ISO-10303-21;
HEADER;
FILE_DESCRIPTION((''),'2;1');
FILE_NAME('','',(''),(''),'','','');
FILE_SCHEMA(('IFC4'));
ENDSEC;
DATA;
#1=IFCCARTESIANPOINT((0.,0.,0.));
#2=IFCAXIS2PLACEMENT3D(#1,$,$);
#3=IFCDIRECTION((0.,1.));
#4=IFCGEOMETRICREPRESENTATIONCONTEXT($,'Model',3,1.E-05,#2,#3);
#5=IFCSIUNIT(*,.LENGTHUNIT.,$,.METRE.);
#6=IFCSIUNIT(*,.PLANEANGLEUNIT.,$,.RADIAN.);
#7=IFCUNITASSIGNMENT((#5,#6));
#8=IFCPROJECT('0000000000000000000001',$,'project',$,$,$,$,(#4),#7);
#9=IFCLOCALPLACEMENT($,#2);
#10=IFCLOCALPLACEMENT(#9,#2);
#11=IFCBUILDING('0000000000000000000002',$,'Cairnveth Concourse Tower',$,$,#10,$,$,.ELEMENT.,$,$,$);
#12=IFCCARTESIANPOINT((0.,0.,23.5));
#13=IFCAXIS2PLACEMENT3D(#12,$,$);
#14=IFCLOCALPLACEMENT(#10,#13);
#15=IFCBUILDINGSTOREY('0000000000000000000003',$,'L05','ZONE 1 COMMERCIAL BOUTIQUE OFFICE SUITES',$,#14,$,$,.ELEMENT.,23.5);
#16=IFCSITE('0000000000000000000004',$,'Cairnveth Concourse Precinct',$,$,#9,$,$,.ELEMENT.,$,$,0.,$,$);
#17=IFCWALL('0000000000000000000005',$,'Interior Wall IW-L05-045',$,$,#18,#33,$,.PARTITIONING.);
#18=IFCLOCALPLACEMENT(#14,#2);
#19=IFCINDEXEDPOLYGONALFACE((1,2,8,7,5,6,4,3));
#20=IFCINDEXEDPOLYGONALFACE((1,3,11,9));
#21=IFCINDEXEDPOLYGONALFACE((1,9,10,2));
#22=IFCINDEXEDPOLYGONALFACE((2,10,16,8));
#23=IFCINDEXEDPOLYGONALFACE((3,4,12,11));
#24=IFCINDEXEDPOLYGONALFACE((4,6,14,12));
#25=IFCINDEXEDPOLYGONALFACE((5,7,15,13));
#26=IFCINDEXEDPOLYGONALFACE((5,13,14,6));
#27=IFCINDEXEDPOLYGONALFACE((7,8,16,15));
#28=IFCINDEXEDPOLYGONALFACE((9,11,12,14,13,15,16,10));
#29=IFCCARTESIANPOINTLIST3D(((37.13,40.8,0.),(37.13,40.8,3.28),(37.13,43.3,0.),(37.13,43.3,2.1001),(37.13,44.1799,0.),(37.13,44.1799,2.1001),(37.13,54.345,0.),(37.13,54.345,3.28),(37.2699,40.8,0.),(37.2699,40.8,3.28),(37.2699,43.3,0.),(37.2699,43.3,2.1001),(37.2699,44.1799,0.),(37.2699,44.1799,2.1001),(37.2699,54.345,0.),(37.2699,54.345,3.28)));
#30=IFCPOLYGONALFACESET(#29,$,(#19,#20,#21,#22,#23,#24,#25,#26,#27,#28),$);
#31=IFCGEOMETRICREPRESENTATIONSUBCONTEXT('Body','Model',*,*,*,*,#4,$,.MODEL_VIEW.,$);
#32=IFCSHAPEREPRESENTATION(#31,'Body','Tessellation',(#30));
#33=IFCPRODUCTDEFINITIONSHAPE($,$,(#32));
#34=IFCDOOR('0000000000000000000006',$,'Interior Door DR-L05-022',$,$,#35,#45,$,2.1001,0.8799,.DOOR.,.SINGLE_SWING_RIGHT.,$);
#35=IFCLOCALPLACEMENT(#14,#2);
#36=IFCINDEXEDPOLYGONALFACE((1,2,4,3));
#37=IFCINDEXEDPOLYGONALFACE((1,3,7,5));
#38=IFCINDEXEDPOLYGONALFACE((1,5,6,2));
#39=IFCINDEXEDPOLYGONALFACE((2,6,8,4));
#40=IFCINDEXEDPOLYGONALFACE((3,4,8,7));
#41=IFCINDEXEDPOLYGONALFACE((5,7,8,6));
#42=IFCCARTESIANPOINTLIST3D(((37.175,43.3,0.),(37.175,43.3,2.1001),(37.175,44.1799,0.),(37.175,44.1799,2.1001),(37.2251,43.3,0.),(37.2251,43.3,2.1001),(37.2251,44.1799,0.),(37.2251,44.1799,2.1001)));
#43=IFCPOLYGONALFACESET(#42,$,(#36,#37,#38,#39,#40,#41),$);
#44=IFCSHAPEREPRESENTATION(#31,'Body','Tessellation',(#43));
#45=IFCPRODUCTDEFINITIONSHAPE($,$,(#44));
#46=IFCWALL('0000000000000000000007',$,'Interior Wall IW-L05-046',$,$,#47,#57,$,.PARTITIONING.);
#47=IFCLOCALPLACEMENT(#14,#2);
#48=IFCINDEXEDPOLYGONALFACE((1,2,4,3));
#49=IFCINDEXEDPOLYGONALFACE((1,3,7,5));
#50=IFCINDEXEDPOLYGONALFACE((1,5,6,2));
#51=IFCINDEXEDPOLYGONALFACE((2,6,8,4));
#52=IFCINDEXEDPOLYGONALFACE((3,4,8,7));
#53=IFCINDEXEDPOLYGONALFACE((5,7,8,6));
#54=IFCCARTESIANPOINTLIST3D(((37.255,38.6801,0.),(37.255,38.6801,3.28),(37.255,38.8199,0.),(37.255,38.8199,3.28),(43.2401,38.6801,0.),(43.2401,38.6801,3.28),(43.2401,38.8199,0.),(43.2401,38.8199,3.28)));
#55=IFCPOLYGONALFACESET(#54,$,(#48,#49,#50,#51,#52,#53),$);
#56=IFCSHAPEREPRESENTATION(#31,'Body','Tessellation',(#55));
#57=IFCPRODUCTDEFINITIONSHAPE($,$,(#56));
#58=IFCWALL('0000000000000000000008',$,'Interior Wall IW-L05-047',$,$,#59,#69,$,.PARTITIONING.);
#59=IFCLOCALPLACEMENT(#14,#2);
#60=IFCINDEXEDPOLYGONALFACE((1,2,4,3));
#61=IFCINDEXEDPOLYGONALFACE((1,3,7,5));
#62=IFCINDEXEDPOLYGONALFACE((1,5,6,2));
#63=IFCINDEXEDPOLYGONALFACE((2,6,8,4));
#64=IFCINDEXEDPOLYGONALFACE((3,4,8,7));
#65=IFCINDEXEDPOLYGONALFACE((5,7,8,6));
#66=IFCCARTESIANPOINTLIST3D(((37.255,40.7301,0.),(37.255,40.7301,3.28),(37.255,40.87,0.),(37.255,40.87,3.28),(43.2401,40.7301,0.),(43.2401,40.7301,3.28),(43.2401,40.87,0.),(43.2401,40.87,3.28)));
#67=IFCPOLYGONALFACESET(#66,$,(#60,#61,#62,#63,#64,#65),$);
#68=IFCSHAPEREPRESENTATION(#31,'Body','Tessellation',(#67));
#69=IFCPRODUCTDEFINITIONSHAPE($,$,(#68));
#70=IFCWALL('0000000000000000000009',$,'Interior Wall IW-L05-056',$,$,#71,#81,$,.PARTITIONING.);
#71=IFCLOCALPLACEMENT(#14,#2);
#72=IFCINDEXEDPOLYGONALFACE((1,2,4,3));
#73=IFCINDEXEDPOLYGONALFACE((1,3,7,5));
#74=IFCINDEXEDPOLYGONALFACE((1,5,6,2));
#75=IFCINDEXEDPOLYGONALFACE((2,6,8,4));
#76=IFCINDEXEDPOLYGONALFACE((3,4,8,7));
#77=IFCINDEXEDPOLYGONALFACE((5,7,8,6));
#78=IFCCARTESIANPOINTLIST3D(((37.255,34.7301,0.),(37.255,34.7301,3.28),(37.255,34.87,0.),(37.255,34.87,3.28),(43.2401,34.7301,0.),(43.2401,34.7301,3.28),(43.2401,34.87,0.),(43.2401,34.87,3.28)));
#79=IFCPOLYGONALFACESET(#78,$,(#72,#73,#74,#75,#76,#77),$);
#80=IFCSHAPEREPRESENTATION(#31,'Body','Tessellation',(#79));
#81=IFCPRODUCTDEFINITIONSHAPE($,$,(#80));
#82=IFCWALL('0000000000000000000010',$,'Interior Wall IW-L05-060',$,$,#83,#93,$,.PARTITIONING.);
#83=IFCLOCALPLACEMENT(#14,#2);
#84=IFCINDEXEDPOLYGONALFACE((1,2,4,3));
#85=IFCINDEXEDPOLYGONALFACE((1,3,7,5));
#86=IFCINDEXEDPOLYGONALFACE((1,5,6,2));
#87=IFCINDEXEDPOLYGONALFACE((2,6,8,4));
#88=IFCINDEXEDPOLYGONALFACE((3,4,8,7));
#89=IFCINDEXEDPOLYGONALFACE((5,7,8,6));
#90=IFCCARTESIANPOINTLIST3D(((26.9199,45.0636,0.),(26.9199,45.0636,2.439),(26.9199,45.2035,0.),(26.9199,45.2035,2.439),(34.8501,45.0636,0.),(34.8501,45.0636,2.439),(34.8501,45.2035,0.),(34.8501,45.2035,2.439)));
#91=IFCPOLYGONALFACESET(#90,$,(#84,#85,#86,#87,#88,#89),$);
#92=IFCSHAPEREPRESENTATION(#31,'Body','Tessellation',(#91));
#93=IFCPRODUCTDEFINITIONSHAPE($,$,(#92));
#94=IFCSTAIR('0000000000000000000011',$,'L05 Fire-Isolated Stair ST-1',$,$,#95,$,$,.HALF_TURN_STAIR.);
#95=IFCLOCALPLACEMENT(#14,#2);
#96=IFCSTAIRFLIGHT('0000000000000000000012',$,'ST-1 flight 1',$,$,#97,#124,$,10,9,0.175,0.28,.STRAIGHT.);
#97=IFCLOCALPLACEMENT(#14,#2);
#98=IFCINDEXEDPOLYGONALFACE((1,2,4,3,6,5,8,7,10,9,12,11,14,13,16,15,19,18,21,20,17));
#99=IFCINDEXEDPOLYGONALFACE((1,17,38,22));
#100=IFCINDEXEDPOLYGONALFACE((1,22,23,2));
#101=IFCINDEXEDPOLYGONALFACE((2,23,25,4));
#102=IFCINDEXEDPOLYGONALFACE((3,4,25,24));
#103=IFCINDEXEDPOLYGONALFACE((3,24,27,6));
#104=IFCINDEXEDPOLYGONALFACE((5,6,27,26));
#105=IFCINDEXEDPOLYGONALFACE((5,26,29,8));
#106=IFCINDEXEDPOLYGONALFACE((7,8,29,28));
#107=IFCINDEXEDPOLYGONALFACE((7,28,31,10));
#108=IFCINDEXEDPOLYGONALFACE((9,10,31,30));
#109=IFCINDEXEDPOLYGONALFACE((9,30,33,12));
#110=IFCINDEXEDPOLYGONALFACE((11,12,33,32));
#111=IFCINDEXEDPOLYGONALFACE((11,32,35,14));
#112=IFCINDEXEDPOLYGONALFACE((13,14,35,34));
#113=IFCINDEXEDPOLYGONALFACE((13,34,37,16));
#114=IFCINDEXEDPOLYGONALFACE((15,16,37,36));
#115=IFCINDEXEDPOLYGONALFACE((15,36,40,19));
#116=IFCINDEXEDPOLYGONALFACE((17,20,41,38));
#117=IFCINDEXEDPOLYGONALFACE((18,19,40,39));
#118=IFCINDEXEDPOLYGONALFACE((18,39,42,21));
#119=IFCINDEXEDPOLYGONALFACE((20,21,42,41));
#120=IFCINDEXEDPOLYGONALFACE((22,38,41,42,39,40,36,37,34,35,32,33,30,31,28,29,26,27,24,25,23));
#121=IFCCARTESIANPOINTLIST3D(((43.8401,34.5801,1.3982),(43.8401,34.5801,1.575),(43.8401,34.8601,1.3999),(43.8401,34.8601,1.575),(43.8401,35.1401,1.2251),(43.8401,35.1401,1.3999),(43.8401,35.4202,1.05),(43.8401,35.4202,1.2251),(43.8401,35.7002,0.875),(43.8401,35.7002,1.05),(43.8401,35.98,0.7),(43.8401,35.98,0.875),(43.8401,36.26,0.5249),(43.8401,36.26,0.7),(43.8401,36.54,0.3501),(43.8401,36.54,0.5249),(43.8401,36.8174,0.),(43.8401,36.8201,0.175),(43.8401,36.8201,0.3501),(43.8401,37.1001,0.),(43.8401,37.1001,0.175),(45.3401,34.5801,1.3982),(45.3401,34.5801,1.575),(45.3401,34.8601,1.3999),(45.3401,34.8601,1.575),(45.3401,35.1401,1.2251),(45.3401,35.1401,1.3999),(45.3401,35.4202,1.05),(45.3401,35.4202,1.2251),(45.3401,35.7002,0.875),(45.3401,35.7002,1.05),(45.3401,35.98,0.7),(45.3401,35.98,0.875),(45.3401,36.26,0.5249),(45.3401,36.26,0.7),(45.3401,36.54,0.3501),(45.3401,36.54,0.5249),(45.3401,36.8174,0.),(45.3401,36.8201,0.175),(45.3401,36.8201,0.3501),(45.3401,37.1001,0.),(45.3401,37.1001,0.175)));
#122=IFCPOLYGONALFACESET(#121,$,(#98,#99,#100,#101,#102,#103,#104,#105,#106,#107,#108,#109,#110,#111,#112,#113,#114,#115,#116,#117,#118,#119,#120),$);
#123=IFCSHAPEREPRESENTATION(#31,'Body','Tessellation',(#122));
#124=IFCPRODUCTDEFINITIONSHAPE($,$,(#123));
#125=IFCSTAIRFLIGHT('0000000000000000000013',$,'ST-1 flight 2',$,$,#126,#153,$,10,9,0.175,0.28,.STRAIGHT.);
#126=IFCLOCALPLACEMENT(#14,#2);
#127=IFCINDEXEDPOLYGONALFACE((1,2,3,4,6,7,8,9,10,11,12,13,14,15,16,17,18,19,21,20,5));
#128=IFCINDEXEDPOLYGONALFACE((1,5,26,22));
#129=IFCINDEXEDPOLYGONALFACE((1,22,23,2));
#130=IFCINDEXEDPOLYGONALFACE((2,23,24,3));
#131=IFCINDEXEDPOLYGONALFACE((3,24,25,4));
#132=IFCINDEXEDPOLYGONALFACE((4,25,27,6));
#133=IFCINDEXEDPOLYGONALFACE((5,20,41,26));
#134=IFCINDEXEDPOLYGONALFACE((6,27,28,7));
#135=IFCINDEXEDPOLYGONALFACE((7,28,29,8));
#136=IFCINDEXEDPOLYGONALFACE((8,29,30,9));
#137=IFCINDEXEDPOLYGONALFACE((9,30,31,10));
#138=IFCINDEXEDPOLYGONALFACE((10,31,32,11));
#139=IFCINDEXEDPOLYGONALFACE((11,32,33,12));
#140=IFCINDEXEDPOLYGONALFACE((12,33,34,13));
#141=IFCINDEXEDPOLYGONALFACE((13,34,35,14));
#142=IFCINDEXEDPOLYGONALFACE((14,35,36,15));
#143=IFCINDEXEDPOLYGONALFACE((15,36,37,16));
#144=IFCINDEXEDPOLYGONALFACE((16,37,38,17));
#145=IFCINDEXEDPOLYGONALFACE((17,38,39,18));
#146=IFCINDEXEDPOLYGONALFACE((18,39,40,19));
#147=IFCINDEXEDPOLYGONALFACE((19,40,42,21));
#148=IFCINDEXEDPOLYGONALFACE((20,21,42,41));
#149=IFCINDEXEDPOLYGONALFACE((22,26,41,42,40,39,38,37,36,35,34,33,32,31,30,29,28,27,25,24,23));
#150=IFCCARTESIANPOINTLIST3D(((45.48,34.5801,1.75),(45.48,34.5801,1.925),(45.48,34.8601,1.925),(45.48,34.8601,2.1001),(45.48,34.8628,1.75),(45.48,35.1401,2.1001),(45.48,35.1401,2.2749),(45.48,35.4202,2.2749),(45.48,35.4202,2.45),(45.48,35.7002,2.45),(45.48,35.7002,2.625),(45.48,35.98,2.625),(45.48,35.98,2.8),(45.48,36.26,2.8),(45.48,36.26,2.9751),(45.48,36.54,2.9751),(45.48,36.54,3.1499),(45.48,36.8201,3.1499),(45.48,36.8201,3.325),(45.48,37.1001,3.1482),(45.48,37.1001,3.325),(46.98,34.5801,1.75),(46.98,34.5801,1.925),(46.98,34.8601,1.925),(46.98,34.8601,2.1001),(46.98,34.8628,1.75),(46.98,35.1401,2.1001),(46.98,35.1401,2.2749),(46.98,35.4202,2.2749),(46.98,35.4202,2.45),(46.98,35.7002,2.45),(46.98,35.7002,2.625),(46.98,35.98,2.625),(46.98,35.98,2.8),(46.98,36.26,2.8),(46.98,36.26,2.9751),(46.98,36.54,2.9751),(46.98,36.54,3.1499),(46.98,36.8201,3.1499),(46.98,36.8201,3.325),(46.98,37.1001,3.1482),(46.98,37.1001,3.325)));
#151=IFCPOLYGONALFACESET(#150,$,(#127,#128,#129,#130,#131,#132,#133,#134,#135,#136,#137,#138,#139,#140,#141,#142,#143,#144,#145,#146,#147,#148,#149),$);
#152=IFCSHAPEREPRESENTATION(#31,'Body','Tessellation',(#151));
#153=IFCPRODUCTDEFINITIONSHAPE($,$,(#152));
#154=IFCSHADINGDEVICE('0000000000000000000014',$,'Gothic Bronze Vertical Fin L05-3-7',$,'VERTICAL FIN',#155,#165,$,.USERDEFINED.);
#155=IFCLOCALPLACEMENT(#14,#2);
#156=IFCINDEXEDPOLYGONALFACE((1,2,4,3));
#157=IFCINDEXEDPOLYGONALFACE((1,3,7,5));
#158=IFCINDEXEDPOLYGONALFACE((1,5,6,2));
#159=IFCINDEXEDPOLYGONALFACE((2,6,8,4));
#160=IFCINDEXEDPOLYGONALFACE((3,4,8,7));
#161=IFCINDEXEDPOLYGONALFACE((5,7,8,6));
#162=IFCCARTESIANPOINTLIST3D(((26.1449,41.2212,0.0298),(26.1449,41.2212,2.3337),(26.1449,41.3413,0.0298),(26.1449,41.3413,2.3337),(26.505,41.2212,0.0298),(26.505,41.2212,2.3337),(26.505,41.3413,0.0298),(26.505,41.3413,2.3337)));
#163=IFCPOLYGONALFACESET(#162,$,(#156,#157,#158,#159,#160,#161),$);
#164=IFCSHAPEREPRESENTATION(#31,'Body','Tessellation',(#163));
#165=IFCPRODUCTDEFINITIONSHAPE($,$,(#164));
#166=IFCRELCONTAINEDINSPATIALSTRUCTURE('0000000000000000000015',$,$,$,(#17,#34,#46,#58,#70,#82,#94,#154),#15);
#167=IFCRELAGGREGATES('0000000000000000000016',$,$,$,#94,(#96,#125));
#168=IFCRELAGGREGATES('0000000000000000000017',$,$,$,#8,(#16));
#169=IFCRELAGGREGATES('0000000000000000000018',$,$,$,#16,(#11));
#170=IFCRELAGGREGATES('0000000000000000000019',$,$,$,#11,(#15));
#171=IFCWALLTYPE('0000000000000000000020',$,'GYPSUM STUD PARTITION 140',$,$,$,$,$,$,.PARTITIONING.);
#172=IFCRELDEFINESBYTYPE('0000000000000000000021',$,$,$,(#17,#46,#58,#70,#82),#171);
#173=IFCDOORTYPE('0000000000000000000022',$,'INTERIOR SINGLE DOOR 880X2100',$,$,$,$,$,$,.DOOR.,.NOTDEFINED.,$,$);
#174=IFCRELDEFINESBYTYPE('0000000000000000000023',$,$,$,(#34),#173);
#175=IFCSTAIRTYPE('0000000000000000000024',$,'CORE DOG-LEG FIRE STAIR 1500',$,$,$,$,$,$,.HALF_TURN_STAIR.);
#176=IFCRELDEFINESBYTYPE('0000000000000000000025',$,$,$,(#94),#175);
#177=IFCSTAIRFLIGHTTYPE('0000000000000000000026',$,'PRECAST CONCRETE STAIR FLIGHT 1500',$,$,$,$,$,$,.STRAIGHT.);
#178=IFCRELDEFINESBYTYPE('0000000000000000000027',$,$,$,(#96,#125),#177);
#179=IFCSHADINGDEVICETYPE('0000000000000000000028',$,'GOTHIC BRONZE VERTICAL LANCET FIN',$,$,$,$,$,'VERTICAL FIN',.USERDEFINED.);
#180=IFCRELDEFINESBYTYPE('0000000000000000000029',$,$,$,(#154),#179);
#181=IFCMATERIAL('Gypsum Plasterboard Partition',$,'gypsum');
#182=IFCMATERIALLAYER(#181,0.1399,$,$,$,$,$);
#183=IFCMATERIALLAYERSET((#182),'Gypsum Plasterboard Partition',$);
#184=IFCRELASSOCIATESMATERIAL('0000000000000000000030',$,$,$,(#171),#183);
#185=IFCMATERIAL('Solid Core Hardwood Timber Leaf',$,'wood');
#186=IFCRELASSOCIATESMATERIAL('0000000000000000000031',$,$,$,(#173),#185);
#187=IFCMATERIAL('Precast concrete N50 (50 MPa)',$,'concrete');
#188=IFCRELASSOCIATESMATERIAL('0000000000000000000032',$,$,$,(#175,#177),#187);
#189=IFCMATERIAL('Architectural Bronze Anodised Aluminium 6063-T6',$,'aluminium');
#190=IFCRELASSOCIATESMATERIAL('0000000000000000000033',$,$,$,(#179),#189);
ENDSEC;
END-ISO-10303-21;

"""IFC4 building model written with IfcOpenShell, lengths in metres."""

from ifc_helpers import new_model, si_unit, direction, frame, frame_2d, origin, origin_2d, place, context, subcontext, project, spatial, polyline, rectangle, outline, extrude, material, layer, layer_set, type_object, element, fill, aggregate, save


model = new_model("IFC4")

# Units and contexts
model_context = context("Model", 3, precision=1e-05, world=origin(), true_north=direction((0.0, 1.0)))
body_context = subcontext(model_context, "Body", "Model", "MODEL_VIEW")
ifc_project = project(units=[si_unit("LENGTHUNIT", "METRE"), si_unit("PLANEANGLEUNIT", "RADIAN")], contexts=[model_context])

# Site, building, storey
site_placement = place(None, origin())
site = spatial("IfcSite", under=ifc_project, at=site_placement, Name="Cairnveth Concourse Precinct", CompositionType="ELEMENT", RefElevation=0.0)
building_placement = place(site_placement, origin())
building = spatial("IfcBuilding", under=site, at=building_placement, Name="Cairnveth Concourse Tower", CompositionType="ELEMENT")
storey_placement = place(building_placement, frame((0.0, 0.0, 23.5)))
storey = spatial("IfcBuildingStorey", under=building, at=storey_placement, Name="L05", Description="ZONE 1 COMMERCIAL BOUTIQUE OFFICE SUITES", CompositionType="ELEMENT", Elevation=23.5)

# Shared definitions
ifc_material_1 = material(Name="Architectural Bronze Anodised Aluminium 6063-T6", Category="aluminium")

# Wall, opening, door
ifc_material_2 = material(Name="Gypsum Plasterboard Partition", Category="gypsum")
ifc_layer_1 = layer(ifc_material_2, 0.1399)
ifc_layer_set_1 = layer_set([ifc_layer_1], Name="Gypsum Plasterboard Partition")
wall_type_1 = type_object("IfcWallType", Name="GYPSUM STUD PARTITION 140", PredefinedType="PARTITIONING", material=ifc_layer_set_1)
wall_1_placement = place(storey_placement, frame((37.2, 40.8, 0.0), z_axis=(0.0, 0.0, 1.0), x_axis=(0.0, 1.0, 0.0)))
wall_1 = element("IfcWall", 1, at=wall_1_placement, inside=storey, type_object=wall_type_1, Name="Interior Wall IW-L05-045", PredefinedType="PARTITIONING", context=body_context, shape_type="SweptSolid", body=[
    extrude(rectangle(XDim=13.5449, YDim=0.1399, at=frame_2d((6.7725, 0.0))), origin(), (0.0, 0.0, 1.0), 3.28),
])
opening_1_placement = place(wall_1_placement, frame((2.5, 0.0, 0.0)))
opening_1 = element("IfcOpeningElement", 2, at=opening_1_placement, cuts=wall_1, PredefinedType="OPENING", context=body_context, shape_type="SweptSolid", body=[
    extrude(rectangle(XDim=0.8799, YDim=2.1001, at=frame_2d((0.4399, 1.05))), frame((0.0, 0.0798, 0.0), z_axis=(0.0, -1.0, 0.0), x_axis=(1.0, 0.0, 0.0)), (0.0, 0.0, 1.0), 0.1599),
])
ifc_material_3 = material(Name="Solid Core Hardwood Timber Leaf", Category="wood")
door_type_1 = type_object("IfcDoorType", Name="INTERIOR SINGLE DOOR 880X2100", OperationType="NOTDEFINED", PredefinedType="DOOR", material=ifc_material_3)
door_1_placement = place(opening_1_placement, origin())
door_1 = element("IfcDoor", 3, at=door_1_placement, inside=storey, type_object=door_type_1, Name="Interior Door DR-L05-022", OperationType="SINGLE_SWING_RIGHT", OverallHeight=2.1001, OverallWidth=0.8799, PredefinedType="DOOR", context=body_context, shape_type="SweptSolid", body=[
    extrude(rectangle(XDim=0.8799, YDim=2.1001, at=frame_2d((0.4399, 1.05))), frame((0.0, 0.0249, 0.0), z_axis=(0.0, -1.0, 0.0), x_axis=(1.0, 0.0, 0.0)), (0.0, 0.0, 1.0), 0.05),
])
fill(opening_1, door_1)

# Walls
for number, where, z_axis, x_axis, name in (
    (4, (37.2549, 38.75, 0.0), (0.0, 0.0, 1.0), (1.0, 0.0, 0.0), "Interior Wall IW-L05-046"),
    (5, (37.2549, 40.8, 0.0), (0.0, 0.0, 1.0), (1.0, 0.0, 0.0), "Interior Wall IW-L05-047"),
    (6, (37.2549, 34.8, 0.0), (0.0, 0.0, 1.0), (1.0, 0.0, 0.0), "Interior Wall IW-L05-056"),
):
    element("IfcWall", number, at=place(storey_placement, frame(where, z_axis=z_axis, x_axis=x_axis)), inside=storey, type_object=wall_type_1, Name=name, PredefinedType="PARTITIONING", context=body_context, shape_type="SweptSolid", body=[
        extrude(rectangle(XDim=5.9851, YDim=0.1399, at=frame_2d((2.9927, 0.0))), origin(), (0.0, 0.0, 1.0), 3.28),
    ])
wall_2_placement = place(storey_placement, frame((26.9199, 45.1335, 0.0), z_axis=(0.0, 0.0, 1.0), x_axis=(1.0, 0.0, 0.0)))
element("IfcWall", 7, at=wall_2_placement, inside=storey, type_object=wall_type_1, Name="Interior Wall IW-L05-060", PredefinedType="PARTITIONING", context=body_context, shape_type="SweptSolid", body=[
    extrude(rectangle(XDim=7.9302, YDim=0.1399, at=frame_2d((3.9651, 0.0))), origin(), (0.0, 0.0, 1.0), 2.439),
])

# Stair, stair flights
ifc_material_4 = material(Name="Precast concrete N50 (50 MPa)", Category="concrete")
stair_type = type_object("IfcStairType", Name="CORE DOG-LEG FIRE STAIR 1500", PredefinedType="HALF_TURN_STAIR", material=ifc_material_4)
stair_placement = place(storey_placement, origin())
stair = element("IfcStair", 8, at=stair_placement, inside=storey, type_object=stair_type, Name="L05 Fire-Isolated Stair ST-1", PredefinedType="HALF_TURN_STAIR")
stair_flight_type = type_object("IfcStairFlightType", Name="PRECAST CONCRETE STAIR FLIGHT 1500", PredefinedType="STRAIGHT", material=ifc_material_4)
stair_flight_1_placement = place(storey_placement, frame((44.5901, 37.1001, 0.0), z_axis=(0.0, 0.0, 1.0), x_axis=(0.0, -1.0, 0.0)))
stair_flight_1 = element("IfcStairFlight", 9, at=stair_flight_1_placement, type_object=stair_flight_type, Name="ST-1 flight 1", NumberOfRisers=10, NumberOfTreads=9, PredefinedType="STRAIGHT", RiserHeight=0.175, TreadLength=0.28, context=body_context, shape_type="SweptSolid", body=[
    extrude(outline(polyline([(0.0, 0.0), (0.0, 0.175), (0.28, 0.175), (0.28, 0.3501), (0.5601, 0.3501), (0.5601, 0.5249), (0.8401, 0.5249), (0.8401, 0.7), (1.1201, 0.7), (1.1201, 0.875), (1.3999, 0.875), (1.3999, 1.05), (1.6799, 1.05), (1.6799, 1.2251), (1.96, 1.2251), (1.96, 1.3999), (2.24, 1.3999), (2.24, 1.575), (2.52, 1.575), (2.52, 1.75), (2.52, 1.3982), (0.2827, 0.0), (0.0, 0.0)])), frame((0.0, 0.75, 0.0), z_axis=(0.0, -1.0, 0.0), x_axis=(1.0, 0.0, 0.0)), (0.0, 0.0, 1.0), 1.5),
])
stair_flight_2_placement = place(storey_placement, frame((46.23, 34.5801, 1.75), z_axis=(0.0, 0.0, 1.0), x_axis=(0.0, 1.0, 0.0)))
stair_flight_2 = element("IfcStairFlight", 10, at=stair_flight_2_placement, type_object=stair_flight_type, Name="ST-1 flight 2", NumberOfRisers=10, NumberOfTreads=9, PredefinedType="STRAIGHT", RiserHeight=0.175, TreadLength=0.28, context=body_context, shape_type="SweptSolid", body=[
    extrude(outline(polyline([(0.0, 0.0), (0.0, 0.175), (0.28, 0.175), (0.28, 0.3501), (0.5601, 0.3501), (0.5601, 0.5249), (0.8401, 0.5249), (0.8401, 0.7), (1.1201, 0.7), (1.1201, 0.875), (1.3999, 0.875), (1.3999, 1.05), (1.6799, 1.05), (1.6799, 1.2251), (1.96, 1.2251), (1.96, 1.3999), (2.24, 1.3999), (2.24, 1.575), (2.52, 1.575), (2.52, 1.75), (2.52, 1.3982), (0.2827, 0.0), (0.0, 0.0)])), frame((0.0, 0.75, 0.0), z_axis=(0.0, -1.0, 0.0), x_axis=(1.0, 0.0, 0.0)), (0.0, 0.0, 1.0), 1.5),
])
aggregate(stair, [stair_flight_1, stair_flight_2])

# Shading device
shading_device_type = type_object("IfcShadingDeviceType", Name="GOTHIC BRONZE VERTICAL LANCET FIN", ElementType="VERTICAL FIN", PredefinedType="USERDEFINED", material=ifc_material_1)
shading_device_placement = place(storey_placement, frame((26.325, 41.2812, 0.0298), z_axis=(0.0, 0.0, 1.0), x_axis=(0.0, 1.0, 0.0)))
element("IfcShadingDevice", 11, at=shading_device_placement, inside=storey, type_object=shading_device_type, Name="Gothic Bronze Vertical Fin L05-3-7", ObjectType="VERTICAL FIN", PredefinedType="USERDEFINED", context=body_context, shape_type="SweptSolid", body=[
    extrude(rectangle(XDim=0.1201, YDim=0.3601, at=origin_2d()), origin(), (0.0, 0.0, 1.0), 2.304),
])

save(model, "model.ifc")
